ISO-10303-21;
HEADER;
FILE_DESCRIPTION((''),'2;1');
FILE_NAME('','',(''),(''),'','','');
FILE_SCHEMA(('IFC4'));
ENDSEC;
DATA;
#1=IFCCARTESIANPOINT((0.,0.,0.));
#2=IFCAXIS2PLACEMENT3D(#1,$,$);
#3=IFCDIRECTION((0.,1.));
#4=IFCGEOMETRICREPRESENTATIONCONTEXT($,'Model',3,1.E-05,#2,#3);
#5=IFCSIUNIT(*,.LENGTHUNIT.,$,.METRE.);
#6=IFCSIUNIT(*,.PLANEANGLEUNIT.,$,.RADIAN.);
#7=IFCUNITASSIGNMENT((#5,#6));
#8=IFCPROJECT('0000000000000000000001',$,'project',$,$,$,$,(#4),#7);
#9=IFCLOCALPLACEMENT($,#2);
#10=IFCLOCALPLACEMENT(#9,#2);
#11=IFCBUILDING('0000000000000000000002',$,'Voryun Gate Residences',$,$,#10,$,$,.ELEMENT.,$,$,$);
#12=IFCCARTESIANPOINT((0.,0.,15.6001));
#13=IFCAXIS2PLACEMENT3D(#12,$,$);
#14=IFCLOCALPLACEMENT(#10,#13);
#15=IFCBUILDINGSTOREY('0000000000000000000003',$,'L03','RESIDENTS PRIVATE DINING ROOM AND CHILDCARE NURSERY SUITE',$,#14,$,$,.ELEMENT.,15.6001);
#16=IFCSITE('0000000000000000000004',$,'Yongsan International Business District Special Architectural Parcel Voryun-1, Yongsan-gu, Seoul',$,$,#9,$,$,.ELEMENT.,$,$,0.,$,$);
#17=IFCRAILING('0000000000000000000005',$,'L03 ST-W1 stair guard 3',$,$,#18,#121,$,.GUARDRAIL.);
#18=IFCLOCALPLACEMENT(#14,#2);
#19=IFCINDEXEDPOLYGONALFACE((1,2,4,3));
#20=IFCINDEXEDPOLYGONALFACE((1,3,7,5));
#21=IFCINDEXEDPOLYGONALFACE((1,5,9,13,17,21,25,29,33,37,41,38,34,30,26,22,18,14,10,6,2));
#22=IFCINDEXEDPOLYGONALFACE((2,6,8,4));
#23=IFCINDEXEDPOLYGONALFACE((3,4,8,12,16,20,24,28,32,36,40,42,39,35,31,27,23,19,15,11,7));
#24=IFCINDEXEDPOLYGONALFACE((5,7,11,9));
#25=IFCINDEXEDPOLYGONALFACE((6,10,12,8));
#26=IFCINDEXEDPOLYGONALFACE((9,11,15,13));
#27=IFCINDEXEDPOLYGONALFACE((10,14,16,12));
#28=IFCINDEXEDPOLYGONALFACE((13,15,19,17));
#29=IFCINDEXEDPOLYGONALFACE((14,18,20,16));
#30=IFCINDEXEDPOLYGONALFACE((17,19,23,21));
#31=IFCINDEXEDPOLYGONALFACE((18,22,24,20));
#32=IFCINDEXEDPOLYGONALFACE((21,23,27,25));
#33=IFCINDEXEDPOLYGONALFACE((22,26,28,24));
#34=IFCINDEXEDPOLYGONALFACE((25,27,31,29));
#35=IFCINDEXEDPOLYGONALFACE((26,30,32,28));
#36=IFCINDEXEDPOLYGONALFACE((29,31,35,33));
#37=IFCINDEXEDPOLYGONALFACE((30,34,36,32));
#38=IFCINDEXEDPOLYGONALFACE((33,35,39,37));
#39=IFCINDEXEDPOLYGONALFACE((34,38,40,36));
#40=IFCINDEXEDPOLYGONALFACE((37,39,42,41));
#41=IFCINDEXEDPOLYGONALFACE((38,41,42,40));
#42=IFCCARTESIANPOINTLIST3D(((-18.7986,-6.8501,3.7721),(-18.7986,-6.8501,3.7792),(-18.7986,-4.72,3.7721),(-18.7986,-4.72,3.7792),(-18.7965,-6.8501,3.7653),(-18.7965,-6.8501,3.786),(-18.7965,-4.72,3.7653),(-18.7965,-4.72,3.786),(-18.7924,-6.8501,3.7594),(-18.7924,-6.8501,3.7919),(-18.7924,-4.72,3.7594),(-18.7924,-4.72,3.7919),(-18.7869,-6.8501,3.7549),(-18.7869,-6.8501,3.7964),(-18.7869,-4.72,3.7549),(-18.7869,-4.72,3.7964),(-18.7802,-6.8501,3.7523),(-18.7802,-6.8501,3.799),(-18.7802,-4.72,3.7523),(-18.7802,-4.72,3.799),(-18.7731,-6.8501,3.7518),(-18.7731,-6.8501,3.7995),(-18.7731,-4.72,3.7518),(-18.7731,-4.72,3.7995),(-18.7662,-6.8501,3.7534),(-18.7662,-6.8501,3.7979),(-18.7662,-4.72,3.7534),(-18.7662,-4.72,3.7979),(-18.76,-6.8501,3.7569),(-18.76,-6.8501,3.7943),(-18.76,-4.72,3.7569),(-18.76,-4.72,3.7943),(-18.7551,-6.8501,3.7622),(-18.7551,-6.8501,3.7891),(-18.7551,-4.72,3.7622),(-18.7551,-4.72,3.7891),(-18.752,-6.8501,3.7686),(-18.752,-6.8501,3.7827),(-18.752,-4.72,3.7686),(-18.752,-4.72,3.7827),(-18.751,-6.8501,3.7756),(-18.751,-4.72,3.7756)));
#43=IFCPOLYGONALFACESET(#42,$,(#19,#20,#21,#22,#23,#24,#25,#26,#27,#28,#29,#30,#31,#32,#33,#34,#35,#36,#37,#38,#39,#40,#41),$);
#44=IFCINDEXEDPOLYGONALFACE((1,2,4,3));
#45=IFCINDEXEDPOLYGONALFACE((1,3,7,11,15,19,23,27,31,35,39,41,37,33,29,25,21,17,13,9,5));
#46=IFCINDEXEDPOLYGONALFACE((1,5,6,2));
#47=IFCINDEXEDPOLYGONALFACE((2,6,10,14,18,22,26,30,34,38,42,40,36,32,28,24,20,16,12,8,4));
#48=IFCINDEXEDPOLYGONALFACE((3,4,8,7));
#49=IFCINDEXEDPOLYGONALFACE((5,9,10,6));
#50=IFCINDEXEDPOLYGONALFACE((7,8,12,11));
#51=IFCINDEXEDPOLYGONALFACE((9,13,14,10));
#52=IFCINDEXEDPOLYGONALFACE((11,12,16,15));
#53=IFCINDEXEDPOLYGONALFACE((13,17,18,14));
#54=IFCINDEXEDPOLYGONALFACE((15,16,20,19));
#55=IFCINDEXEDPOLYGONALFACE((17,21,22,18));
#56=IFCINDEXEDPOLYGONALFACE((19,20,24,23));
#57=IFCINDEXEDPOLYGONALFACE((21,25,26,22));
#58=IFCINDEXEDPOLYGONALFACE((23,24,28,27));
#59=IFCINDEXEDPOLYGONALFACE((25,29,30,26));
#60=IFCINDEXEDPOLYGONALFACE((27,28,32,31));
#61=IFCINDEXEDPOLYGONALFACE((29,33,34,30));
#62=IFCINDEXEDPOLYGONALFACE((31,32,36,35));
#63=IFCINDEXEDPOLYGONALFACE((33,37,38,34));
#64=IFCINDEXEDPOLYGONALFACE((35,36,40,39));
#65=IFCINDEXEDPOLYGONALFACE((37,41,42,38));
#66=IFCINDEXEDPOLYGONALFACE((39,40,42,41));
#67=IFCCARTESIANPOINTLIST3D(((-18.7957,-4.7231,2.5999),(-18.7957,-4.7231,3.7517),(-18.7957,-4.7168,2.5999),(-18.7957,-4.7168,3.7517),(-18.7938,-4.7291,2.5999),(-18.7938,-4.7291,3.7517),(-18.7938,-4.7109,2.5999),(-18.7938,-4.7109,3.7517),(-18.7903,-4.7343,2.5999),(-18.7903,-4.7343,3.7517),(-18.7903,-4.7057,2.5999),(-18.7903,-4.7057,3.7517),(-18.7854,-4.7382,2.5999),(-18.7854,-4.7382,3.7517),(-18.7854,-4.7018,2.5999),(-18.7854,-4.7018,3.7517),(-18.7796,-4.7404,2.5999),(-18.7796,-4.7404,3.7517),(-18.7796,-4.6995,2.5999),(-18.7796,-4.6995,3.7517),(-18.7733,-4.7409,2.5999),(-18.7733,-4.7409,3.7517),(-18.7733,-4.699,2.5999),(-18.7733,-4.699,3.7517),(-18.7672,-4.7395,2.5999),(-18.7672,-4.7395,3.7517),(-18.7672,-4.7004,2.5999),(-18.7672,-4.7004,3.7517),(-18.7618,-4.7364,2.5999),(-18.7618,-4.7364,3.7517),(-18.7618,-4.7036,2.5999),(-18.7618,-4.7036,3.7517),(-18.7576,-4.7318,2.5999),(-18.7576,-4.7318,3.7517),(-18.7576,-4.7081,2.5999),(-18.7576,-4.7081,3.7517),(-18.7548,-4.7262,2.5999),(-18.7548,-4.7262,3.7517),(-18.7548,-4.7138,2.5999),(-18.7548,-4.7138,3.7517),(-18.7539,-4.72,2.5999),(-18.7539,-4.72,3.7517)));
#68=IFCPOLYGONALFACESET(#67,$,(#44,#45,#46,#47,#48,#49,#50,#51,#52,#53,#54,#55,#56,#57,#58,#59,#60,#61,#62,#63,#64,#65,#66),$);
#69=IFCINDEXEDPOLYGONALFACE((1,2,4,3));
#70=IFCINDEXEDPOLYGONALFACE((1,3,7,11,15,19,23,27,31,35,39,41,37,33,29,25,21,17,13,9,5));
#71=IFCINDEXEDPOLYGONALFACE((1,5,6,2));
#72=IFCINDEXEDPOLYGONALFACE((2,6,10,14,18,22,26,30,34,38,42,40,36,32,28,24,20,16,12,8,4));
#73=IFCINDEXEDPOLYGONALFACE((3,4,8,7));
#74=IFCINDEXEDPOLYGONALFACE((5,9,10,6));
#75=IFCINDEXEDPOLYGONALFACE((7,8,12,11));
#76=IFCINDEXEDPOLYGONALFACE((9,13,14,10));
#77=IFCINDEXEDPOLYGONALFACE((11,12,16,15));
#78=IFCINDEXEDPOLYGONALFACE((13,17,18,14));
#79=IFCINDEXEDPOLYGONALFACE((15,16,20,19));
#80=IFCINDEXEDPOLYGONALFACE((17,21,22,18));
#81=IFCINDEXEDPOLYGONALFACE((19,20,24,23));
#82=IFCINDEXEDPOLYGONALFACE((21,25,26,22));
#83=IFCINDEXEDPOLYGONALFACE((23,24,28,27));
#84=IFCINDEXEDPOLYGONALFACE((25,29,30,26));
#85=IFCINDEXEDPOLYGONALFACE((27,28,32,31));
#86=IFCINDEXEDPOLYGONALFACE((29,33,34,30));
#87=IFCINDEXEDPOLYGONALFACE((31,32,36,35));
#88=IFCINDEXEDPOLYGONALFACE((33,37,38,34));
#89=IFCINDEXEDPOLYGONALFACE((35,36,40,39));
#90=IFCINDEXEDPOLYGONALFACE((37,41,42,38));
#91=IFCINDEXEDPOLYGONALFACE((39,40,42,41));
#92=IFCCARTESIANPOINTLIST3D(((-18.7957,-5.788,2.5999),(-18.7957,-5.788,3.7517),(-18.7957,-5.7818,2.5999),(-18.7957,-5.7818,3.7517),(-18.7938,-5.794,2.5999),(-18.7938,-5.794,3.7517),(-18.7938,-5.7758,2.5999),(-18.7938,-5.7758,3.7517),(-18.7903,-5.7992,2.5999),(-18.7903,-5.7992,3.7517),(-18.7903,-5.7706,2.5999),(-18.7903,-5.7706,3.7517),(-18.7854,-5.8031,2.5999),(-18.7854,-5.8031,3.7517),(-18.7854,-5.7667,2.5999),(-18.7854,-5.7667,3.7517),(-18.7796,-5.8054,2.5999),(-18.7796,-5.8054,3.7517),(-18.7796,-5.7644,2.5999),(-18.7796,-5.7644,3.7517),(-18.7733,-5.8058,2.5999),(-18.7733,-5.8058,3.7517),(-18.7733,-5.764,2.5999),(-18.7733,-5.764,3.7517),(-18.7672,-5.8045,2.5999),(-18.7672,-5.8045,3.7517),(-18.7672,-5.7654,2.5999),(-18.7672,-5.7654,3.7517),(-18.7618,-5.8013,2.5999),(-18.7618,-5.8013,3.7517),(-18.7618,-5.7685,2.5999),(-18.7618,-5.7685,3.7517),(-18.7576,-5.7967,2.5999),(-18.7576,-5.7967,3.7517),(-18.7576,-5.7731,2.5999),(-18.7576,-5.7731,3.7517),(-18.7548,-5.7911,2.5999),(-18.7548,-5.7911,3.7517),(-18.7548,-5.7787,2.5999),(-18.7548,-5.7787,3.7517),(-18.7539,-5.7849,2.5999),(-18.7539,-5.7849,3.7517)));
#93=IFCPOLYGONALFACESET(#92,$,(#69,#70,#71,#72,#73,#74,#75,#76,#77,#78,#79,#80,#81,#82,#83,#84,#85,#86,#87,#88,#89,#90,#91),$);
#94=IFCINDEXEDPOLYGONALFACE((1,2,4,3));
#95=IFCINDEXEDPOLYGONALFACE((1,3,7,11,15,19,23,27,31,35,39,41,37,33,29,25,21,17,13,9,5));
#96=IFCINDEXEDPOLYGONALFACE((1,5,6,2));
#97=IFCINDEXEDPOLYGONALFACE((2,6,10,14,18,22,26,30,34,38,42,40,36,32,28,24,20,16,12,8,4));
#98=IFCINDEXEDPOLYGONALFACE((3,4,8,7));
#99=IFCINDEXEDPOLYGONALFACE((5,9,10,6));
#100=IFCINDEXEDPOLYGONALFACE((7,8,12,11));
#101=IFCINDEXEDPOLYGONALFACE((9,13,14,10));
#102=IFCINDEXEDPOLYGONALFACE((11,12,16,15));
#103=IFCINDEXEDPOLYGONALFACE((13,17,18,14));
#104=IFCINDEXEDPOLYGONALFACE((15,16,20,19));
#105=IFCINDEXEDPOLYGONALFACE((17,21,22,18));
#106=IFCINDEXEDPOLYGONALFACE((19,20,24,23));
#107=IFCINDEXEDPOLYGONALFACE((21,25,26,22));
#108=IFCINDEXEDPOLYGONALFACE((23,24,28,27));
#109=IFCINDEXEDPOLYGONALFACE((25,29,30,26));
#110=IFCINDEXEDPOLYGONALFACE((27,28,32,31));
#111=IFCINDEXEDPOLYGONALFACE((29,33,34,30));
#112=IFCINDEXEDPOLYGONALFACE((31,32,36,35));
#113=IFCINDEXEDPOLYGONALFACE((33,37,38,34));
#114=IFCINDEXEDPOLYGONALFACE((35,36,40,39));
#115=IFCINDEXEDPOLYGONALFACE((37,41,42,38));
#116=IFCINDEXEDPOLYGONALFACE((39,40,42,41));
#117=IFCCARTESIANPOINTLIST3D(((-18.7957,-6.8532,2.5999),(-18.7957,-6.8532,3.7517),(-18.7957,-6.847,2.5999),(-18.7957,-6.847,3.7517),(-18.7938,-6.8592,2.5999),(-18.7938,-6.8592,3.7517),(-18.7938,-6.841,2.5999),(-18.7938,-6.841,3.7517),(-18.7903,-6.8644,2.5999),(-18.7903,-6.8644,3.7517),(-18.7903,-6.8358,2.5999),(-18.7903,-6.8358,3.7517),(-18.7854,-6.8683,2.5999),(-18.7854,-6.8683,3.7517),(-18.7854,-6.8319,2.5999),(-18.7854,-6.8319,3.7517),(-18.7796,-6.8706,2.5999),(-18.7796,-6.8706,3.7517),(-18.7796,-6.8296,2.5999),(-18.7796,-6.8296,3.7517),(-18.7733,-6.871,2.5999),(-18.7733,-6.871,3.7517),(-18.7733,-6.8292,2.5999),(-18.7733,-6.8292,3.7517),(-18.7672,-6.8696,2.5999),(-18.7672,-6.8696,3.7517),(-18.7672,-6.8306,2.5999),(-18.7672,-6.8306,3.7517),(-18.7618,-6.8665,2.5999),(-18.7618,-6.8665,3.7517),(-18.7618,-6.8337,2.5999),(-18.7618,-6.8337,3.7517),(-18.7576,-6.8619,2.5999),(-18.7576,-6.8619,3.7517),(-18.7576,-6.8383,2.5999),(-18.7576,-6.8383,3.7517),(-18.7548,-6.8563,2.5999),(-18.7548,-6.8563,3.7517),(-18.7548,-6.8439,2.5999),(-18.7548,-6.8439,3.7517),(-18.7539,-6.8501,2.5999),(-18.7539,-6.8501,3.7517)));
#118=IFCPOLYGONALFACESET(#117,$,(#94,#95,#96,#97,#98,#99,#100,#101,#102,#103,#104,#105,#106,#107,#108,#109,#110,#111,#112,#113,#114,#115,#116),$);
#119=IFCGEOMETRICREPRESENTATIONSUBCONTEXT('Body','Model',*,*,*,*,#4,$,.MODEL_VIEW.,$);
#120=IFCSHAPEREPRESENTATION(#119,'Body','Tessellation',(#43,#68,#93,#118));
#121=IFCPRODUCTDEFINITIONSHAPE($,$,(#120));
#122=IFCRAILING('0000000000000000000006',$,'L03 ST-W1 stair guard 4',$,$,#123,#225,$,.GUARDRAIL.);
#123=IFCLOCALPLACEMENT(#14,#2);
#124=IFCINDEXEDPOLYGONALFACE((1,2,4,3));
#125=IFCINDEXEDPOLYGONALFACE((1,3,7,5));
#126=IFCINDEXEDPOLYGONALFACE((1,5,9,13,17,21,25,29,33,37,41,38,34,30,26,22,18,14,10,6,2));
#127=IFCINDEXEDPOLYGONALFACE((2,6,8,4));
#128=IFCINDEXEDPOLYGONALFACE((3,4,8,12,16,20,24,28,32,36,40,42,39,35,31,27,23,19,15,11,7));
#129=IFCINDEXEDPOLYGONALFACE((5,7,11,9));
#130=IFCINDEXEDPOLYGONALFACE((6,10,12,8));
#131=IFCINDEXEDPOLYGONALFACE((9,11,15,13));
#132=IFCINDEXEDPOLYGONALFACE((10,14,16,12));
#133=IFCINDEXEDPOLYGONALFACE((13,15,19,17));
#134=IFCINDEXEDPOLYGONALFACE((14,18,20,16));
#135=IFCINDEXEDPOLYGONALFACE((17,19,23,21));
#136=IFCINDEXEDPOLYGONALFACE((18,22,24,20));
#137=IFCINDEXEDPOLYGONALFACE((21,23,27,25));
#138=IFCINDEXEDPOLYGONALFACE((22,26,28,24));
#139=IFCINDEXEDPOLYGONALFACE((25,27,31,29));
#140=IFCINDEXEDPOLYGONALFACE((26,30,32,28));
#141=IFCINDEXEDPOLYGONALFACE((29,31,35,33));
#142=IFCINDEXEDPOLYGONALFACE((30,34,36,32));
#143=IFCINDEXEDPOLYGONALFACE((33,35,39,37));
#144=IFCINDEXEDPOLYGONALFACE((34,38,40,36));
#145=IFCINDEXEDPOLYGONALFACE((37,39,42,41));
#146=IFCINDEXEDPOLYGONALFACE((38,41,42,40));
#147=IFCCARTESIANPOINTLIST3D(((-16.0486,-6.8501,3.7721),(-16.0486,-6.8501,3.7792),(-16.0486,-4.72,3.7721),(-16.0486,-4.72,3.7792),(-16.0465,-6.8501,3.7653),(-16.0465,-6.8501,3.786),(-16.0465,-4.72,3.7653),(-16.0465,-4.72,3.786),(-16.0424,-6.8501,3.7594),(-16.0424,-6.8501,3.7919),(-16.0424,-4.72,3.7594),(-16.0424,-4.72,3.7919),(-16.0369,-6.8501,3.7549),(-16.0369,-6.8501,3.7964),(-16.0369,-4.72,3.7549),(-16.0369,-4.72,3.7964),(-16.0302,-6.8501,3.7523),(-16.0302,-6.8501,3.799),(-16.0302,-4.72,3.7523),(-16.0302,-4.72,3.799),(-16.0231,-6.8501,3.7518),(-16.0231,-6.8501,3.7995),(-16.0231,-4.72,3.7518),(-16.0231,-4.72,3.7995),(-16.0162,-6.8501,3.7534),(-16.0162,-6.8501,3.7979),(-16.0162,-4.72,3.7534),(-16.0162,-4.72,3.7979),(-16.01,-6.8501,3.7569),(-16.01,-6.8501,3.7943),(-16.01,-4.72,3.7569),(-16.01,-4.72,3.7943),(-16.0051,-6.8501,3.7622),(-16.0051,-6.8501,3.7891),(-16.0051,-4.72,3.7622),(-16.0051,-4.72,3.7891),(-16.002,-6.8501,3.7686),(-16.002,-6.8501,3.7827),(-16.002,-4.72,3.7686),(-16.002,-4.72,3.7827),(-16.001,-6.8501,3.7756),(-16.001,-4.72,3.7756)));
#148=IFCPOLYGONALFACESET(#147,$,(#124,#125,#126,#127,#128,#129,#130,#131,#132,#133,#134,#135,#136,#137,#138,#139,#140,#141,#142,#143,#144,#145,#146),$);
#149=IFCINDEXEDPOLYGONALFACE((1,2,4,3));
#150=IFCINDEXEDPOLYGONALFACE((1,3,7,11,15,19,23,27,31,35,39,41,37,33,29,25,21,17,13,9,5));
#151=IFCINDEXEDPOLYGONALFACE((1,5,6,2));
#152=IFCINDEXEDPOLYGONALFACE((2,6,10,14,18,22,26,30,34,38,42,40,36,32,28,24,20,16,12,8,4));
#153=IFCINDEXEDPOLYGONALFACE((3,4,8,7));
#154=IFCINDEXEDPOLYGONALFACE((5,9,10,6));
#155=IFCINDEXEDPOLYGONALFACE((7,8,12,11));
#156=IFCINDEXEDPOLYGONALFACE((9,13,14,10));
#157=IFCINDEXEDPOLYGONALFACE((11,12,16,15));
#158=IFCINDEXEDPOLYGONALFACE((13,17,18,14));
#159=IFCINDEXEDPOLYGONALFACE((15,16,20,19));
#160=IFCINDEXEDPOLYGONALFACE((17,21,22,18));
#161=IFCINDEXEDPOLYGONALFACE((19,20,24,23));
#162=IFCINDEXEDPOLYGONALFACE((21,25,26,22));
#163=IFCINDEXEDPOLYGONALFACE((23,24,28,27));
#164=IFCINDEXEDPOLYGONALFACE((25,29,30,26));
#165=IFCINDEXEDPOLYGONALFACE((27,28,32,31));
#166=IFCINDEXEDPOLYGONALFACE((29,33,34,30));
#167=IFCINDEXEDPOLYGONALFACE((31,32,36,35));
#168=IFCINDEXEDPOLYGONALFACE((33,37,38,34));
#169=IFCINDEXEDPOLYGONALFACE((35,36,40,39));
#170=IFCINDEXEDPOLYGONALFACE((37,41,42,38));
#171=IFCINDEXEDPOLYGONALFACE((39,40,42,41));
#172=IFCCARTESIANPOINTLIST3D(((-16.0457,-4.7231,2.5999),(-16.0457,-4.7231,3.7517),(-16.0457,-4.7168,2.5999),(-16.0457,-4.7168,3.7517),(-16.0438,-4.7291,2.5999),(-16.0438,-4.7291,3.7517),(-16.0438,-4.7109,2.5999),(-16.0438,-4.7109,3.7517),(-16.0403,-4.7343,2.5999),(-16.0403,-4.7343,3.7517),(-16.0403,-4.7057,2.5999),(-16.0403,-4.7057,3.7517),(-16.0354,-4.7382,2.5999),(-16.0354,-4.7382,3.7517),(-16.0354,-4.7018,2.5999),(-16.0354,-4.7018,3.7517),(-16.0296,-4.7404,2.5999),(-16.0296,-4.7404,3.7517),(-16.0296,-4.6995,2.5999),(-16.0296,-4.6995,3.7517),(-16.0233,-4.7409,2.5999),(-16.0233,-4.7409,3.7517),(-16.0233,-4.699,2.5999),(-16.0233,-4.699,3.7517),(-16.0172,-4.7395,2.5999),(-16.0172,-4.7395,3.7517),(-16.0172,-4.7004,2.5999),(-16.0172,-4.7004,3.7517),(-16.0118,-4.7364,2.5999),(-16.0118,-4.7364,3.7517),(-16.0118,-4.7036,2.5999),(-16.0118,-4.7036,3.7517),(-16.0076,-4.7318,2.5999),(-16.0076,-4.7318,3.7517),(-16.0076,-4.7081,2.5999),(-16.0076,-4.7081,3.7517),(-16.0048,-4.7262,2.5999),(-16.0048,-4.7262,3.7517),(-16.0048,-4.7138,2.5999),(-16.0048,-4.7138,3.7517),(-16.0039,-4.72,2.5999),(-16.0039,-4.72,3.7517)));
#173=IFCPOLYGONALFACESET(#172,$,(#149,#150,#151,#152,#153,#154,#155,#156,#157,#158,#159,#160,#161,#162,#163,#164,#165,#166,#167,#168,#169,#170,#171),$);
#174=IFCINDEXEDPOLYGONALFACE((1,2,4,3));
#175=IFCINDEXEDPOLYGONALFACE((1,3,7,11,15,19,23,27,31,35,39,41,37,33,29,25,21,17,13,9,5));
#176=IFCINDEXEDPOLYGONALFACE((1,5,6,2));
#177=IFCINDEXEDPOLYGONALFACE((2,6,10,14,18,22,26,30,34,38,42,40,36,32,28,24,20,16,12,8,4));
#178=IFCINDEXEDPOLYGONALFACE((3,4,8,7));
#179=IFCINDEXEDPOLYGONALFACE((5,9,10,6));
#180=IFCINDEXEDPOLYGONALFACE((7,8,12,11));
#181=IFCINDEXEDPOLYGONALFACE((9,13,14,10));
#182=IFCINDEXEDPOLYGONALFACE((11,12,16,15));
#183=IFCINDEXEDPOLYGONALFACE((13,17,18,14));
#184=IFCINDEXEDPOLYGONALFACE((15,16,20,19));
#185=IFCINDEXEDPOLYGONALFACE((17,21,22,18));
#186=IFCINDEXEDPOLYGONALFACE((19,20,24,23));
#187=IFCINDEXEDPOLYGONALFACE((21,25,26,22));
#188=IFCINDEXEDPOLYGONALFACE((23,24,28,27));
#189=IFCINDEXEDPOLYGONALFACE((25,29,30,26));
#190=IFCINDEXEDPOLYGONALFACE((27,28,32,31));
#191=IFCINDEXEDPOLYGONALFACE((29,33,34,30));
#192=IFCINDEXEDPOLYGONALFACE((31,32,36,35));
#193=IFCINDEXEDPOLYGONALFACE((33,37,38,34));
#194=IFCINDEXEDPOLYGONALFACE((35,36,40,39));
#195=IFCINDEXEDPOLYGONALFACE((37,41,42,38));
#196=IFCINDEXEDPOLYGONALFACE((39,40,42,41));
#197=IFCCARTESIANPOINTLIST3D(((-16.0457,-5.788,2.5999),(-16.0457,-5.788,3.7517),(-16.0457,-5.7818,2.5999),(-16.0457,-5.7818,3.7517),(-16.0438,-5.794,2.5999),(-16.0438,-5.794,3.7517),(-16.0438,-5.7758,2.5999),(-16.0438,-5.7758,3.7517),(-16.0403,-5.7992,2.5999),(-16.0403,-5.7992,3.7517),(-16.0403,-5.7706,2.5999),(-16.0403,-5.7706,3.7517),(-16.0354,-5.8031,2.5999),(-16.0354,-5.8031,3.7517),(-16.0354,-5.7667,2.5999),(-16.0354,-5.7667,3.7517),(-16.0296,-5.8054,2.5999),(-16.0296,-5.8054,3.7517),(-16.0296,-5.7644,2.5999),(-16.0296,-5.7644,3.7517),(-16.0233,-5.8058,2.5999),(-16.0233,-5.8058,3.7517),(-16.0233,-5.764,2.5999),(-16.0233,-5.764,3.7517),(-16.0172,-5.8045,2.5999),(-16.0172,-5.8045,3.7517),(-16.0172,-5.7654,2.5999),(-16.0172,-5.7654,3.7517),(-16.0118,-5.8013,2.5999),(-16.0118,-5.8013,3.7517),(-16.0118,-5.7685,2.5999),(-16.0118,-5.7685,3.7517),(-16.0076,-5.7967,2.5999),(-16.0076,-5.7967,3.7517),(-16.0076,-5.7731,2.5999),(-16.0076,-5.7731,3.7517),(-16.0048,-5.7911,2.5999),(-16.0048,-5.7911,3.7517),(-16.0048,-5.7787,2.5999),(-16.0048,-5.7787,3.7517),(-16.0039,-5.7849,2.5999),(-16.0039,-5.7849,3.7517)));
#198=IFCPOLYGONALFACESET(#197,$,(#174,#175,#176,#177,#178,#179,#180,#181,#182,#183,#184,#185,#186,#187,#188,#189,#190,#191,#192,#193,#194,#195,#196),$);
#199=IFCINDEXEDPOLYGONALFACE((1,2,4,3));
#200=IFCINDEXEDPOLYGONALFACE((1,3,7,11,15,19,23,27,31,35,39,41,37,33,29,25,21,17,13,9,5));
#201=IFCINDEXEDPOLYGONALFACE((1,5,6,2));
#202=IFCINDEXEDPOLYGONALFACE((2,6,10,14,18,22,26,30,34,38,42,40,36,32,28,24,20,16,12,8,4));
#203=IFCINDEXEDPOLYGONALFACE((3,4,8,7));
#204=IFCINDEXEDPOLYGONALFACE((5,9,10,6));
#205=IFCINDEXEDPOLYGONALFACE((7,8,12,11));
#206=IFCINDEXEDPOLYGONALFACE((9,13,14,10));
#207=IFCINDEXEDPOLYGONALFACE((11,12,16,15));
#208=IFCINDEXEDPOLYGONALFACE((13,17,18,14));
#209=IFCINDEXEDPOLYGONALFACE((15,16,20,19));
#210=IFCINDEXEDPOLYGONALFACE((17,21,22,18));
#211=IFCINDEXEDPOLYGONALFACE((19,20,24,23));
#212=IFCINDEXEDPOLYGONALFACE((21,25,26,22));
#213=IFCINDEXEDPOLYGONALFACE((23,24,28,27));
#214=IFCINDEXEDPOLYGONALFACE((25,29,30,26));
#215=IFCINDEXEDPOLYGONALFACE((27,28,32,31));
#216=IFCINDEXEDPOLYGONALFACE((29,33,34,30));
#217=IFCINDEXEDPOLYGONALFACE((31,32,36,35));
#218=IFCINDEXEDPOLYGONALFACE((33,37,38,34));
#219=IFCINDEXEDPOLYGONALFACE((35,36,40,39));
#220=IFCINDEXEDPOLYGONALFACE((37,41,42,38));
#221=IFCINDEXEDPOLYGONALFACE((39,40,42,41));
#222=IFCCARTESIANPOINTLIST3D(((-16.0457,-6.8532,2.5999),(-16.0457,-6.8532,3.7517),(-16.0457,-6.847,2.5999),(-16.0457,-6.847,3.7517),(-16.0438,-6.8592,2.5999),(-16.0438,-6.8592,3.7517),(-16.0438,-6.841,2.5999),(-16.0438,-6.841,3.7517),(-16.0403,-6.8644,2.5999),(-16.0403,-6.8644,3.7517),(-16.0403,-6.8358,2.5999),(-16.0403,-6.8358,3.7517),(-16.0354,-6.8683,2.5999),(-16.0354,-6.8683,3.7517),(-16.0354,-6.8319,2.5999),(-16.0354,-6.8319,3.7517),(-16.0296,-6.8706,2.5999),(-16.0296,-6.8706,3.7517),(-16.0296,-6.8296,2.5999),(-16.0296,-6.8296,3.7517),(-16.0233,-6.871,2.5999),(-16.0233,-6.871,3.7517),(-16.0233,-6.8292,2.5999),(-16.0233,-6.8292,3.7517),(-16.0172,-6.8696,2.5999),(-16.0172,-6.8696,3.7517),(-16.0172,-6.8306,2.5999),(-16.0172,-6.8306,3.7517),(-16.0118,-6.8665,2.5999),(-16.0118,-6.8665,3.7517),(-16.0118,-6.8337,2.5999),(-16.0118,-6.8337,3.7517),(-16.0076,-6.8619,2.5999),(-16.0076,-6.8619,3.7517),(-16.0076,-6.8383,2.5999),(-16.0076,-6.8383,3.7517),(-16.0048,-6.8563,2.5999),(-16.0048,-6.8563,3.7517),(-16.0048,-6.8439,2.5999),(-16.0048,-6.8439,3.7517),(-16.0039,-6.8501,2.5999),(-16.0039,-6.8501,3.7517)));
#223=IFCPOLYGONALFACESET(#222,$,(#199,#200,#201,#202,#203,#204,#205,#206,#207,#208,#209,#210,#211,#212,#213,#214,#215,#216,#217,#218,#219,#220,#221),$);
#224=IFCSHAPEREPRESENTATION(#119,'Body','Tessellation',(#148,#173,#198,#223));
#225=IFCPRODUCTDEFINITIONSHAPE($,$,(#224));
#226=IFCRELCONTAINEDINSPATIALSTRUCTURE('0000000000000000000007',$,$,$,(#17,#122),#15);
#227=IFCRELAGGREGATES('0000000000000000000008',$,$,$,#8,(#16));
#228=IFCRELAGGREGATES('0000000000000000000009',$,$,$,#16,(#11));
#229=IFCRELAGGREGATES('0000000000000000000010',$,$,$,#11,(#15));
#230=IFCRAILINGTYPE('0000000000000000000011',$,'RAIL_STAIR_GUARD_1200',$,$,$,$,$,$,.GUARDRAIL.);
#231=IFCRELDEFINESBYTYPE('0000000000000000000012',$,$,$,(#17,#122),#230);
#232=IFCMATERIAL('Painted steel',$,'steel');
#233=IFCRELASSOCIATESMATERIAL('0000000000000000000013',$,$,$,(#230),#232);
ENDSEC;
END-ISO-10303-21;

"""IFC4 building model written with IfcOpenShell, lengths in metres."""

from ifc_helpers import new_model, si_unit, direction, frame, origin, origin_2d, place, context, subcontext, project, spatial, circle, extrude, material, type_object, element, save


model = new_model("IFC4")

# Units and contexts
model_context = context("Model", 3, precision=1e-05, world=origin(), true_north=direction((0.0, 1.0)))
body_context = subcontext(model_context, "Body", "Model", "MODEL_VIEW")
ifc_project = project(units=[si_unit("LENGTHUNIT", "METRE"), si_unit("PLANEANGLEUNIT", "RADIAN")], contexts=[model_context])

# Site, building, storey
site_placement = place(None, origin())
site = spatial("IfcSite", under=ifc_project, at=site_placement, Name="Yongsan International Business District Special Architectural Parcel Voryun-1, Yongsan-gu, Seoul", CompositionType="ELEMENT", RefElevation=0.0)
building_placement = place(site_placement, origin())
building = spatial("IfcBuilding", under=site, at=building_placement, Name="Voryun Gate Residences", CompositionType="ELEMENT")
storey_placement = place(building_placement, frame((0.0, 0.0, 15.6001)))
storey = spatial("IfcBuildingStorey", under=building, at=storey_placement, Name="L03", Description="RESIDENTS PRIVATE DINING ROOM AND CHILDCARE NURSERY SUITE", CompositionType="ELEMENT", Elevation=15.6001)

# Railings
ifc_material_1 = material(Name="Painted steel", Category="steel")
railing_type_1 = type_object("IfcRailingType", Name="RAIL_STAIR_GUARD_1200", PredefinedType="GUARDRAIL", material=ifc_material_1)
for number, where, name in (
    (1, (-18.7749, -4.72, 2.5999), "L03 ST-W1 stair guard 3"),
    (2, (-16.0249, -4.72, 2.5999), "L03 ST-W1 stair guard 4"),
):
    element("IfcRailing", number, at=place(storey_placement, frame(where)), inside=storey, type_object=railing_type_1, Name=name, PredefinedType="GUARDRAIL", context=body_context, shape_type="SweptSolid", body=[
        extrude(circle(Radius=0.0239, at=origin_2d()), frame((0.0, 0.0, 1.1758), z_axis=(0.0, -1.0, 0.0), x_axis=(1.0, 0.0, 0.0)), (0.0, 0.0, 1.0), 2.1301),
        extrude(circle(Radius=0.021, at=origin_2d()), origin(), (0.0, 0.0, 1.0), 1.1519),
        extrude(circle(Radius=0.021, at=origin_2d()), frame((0.0, -1.0649, 0.0)), (0.0, 0.0, 1.0), 1.1519),
        extrude(circle(Radius=0.021, at=origin_2d()), frame((0.0, -2.1301, 0.0)), (0.0, 0.0, 1.0), 1.1519),
    ])

save(model, "model.ifc")
